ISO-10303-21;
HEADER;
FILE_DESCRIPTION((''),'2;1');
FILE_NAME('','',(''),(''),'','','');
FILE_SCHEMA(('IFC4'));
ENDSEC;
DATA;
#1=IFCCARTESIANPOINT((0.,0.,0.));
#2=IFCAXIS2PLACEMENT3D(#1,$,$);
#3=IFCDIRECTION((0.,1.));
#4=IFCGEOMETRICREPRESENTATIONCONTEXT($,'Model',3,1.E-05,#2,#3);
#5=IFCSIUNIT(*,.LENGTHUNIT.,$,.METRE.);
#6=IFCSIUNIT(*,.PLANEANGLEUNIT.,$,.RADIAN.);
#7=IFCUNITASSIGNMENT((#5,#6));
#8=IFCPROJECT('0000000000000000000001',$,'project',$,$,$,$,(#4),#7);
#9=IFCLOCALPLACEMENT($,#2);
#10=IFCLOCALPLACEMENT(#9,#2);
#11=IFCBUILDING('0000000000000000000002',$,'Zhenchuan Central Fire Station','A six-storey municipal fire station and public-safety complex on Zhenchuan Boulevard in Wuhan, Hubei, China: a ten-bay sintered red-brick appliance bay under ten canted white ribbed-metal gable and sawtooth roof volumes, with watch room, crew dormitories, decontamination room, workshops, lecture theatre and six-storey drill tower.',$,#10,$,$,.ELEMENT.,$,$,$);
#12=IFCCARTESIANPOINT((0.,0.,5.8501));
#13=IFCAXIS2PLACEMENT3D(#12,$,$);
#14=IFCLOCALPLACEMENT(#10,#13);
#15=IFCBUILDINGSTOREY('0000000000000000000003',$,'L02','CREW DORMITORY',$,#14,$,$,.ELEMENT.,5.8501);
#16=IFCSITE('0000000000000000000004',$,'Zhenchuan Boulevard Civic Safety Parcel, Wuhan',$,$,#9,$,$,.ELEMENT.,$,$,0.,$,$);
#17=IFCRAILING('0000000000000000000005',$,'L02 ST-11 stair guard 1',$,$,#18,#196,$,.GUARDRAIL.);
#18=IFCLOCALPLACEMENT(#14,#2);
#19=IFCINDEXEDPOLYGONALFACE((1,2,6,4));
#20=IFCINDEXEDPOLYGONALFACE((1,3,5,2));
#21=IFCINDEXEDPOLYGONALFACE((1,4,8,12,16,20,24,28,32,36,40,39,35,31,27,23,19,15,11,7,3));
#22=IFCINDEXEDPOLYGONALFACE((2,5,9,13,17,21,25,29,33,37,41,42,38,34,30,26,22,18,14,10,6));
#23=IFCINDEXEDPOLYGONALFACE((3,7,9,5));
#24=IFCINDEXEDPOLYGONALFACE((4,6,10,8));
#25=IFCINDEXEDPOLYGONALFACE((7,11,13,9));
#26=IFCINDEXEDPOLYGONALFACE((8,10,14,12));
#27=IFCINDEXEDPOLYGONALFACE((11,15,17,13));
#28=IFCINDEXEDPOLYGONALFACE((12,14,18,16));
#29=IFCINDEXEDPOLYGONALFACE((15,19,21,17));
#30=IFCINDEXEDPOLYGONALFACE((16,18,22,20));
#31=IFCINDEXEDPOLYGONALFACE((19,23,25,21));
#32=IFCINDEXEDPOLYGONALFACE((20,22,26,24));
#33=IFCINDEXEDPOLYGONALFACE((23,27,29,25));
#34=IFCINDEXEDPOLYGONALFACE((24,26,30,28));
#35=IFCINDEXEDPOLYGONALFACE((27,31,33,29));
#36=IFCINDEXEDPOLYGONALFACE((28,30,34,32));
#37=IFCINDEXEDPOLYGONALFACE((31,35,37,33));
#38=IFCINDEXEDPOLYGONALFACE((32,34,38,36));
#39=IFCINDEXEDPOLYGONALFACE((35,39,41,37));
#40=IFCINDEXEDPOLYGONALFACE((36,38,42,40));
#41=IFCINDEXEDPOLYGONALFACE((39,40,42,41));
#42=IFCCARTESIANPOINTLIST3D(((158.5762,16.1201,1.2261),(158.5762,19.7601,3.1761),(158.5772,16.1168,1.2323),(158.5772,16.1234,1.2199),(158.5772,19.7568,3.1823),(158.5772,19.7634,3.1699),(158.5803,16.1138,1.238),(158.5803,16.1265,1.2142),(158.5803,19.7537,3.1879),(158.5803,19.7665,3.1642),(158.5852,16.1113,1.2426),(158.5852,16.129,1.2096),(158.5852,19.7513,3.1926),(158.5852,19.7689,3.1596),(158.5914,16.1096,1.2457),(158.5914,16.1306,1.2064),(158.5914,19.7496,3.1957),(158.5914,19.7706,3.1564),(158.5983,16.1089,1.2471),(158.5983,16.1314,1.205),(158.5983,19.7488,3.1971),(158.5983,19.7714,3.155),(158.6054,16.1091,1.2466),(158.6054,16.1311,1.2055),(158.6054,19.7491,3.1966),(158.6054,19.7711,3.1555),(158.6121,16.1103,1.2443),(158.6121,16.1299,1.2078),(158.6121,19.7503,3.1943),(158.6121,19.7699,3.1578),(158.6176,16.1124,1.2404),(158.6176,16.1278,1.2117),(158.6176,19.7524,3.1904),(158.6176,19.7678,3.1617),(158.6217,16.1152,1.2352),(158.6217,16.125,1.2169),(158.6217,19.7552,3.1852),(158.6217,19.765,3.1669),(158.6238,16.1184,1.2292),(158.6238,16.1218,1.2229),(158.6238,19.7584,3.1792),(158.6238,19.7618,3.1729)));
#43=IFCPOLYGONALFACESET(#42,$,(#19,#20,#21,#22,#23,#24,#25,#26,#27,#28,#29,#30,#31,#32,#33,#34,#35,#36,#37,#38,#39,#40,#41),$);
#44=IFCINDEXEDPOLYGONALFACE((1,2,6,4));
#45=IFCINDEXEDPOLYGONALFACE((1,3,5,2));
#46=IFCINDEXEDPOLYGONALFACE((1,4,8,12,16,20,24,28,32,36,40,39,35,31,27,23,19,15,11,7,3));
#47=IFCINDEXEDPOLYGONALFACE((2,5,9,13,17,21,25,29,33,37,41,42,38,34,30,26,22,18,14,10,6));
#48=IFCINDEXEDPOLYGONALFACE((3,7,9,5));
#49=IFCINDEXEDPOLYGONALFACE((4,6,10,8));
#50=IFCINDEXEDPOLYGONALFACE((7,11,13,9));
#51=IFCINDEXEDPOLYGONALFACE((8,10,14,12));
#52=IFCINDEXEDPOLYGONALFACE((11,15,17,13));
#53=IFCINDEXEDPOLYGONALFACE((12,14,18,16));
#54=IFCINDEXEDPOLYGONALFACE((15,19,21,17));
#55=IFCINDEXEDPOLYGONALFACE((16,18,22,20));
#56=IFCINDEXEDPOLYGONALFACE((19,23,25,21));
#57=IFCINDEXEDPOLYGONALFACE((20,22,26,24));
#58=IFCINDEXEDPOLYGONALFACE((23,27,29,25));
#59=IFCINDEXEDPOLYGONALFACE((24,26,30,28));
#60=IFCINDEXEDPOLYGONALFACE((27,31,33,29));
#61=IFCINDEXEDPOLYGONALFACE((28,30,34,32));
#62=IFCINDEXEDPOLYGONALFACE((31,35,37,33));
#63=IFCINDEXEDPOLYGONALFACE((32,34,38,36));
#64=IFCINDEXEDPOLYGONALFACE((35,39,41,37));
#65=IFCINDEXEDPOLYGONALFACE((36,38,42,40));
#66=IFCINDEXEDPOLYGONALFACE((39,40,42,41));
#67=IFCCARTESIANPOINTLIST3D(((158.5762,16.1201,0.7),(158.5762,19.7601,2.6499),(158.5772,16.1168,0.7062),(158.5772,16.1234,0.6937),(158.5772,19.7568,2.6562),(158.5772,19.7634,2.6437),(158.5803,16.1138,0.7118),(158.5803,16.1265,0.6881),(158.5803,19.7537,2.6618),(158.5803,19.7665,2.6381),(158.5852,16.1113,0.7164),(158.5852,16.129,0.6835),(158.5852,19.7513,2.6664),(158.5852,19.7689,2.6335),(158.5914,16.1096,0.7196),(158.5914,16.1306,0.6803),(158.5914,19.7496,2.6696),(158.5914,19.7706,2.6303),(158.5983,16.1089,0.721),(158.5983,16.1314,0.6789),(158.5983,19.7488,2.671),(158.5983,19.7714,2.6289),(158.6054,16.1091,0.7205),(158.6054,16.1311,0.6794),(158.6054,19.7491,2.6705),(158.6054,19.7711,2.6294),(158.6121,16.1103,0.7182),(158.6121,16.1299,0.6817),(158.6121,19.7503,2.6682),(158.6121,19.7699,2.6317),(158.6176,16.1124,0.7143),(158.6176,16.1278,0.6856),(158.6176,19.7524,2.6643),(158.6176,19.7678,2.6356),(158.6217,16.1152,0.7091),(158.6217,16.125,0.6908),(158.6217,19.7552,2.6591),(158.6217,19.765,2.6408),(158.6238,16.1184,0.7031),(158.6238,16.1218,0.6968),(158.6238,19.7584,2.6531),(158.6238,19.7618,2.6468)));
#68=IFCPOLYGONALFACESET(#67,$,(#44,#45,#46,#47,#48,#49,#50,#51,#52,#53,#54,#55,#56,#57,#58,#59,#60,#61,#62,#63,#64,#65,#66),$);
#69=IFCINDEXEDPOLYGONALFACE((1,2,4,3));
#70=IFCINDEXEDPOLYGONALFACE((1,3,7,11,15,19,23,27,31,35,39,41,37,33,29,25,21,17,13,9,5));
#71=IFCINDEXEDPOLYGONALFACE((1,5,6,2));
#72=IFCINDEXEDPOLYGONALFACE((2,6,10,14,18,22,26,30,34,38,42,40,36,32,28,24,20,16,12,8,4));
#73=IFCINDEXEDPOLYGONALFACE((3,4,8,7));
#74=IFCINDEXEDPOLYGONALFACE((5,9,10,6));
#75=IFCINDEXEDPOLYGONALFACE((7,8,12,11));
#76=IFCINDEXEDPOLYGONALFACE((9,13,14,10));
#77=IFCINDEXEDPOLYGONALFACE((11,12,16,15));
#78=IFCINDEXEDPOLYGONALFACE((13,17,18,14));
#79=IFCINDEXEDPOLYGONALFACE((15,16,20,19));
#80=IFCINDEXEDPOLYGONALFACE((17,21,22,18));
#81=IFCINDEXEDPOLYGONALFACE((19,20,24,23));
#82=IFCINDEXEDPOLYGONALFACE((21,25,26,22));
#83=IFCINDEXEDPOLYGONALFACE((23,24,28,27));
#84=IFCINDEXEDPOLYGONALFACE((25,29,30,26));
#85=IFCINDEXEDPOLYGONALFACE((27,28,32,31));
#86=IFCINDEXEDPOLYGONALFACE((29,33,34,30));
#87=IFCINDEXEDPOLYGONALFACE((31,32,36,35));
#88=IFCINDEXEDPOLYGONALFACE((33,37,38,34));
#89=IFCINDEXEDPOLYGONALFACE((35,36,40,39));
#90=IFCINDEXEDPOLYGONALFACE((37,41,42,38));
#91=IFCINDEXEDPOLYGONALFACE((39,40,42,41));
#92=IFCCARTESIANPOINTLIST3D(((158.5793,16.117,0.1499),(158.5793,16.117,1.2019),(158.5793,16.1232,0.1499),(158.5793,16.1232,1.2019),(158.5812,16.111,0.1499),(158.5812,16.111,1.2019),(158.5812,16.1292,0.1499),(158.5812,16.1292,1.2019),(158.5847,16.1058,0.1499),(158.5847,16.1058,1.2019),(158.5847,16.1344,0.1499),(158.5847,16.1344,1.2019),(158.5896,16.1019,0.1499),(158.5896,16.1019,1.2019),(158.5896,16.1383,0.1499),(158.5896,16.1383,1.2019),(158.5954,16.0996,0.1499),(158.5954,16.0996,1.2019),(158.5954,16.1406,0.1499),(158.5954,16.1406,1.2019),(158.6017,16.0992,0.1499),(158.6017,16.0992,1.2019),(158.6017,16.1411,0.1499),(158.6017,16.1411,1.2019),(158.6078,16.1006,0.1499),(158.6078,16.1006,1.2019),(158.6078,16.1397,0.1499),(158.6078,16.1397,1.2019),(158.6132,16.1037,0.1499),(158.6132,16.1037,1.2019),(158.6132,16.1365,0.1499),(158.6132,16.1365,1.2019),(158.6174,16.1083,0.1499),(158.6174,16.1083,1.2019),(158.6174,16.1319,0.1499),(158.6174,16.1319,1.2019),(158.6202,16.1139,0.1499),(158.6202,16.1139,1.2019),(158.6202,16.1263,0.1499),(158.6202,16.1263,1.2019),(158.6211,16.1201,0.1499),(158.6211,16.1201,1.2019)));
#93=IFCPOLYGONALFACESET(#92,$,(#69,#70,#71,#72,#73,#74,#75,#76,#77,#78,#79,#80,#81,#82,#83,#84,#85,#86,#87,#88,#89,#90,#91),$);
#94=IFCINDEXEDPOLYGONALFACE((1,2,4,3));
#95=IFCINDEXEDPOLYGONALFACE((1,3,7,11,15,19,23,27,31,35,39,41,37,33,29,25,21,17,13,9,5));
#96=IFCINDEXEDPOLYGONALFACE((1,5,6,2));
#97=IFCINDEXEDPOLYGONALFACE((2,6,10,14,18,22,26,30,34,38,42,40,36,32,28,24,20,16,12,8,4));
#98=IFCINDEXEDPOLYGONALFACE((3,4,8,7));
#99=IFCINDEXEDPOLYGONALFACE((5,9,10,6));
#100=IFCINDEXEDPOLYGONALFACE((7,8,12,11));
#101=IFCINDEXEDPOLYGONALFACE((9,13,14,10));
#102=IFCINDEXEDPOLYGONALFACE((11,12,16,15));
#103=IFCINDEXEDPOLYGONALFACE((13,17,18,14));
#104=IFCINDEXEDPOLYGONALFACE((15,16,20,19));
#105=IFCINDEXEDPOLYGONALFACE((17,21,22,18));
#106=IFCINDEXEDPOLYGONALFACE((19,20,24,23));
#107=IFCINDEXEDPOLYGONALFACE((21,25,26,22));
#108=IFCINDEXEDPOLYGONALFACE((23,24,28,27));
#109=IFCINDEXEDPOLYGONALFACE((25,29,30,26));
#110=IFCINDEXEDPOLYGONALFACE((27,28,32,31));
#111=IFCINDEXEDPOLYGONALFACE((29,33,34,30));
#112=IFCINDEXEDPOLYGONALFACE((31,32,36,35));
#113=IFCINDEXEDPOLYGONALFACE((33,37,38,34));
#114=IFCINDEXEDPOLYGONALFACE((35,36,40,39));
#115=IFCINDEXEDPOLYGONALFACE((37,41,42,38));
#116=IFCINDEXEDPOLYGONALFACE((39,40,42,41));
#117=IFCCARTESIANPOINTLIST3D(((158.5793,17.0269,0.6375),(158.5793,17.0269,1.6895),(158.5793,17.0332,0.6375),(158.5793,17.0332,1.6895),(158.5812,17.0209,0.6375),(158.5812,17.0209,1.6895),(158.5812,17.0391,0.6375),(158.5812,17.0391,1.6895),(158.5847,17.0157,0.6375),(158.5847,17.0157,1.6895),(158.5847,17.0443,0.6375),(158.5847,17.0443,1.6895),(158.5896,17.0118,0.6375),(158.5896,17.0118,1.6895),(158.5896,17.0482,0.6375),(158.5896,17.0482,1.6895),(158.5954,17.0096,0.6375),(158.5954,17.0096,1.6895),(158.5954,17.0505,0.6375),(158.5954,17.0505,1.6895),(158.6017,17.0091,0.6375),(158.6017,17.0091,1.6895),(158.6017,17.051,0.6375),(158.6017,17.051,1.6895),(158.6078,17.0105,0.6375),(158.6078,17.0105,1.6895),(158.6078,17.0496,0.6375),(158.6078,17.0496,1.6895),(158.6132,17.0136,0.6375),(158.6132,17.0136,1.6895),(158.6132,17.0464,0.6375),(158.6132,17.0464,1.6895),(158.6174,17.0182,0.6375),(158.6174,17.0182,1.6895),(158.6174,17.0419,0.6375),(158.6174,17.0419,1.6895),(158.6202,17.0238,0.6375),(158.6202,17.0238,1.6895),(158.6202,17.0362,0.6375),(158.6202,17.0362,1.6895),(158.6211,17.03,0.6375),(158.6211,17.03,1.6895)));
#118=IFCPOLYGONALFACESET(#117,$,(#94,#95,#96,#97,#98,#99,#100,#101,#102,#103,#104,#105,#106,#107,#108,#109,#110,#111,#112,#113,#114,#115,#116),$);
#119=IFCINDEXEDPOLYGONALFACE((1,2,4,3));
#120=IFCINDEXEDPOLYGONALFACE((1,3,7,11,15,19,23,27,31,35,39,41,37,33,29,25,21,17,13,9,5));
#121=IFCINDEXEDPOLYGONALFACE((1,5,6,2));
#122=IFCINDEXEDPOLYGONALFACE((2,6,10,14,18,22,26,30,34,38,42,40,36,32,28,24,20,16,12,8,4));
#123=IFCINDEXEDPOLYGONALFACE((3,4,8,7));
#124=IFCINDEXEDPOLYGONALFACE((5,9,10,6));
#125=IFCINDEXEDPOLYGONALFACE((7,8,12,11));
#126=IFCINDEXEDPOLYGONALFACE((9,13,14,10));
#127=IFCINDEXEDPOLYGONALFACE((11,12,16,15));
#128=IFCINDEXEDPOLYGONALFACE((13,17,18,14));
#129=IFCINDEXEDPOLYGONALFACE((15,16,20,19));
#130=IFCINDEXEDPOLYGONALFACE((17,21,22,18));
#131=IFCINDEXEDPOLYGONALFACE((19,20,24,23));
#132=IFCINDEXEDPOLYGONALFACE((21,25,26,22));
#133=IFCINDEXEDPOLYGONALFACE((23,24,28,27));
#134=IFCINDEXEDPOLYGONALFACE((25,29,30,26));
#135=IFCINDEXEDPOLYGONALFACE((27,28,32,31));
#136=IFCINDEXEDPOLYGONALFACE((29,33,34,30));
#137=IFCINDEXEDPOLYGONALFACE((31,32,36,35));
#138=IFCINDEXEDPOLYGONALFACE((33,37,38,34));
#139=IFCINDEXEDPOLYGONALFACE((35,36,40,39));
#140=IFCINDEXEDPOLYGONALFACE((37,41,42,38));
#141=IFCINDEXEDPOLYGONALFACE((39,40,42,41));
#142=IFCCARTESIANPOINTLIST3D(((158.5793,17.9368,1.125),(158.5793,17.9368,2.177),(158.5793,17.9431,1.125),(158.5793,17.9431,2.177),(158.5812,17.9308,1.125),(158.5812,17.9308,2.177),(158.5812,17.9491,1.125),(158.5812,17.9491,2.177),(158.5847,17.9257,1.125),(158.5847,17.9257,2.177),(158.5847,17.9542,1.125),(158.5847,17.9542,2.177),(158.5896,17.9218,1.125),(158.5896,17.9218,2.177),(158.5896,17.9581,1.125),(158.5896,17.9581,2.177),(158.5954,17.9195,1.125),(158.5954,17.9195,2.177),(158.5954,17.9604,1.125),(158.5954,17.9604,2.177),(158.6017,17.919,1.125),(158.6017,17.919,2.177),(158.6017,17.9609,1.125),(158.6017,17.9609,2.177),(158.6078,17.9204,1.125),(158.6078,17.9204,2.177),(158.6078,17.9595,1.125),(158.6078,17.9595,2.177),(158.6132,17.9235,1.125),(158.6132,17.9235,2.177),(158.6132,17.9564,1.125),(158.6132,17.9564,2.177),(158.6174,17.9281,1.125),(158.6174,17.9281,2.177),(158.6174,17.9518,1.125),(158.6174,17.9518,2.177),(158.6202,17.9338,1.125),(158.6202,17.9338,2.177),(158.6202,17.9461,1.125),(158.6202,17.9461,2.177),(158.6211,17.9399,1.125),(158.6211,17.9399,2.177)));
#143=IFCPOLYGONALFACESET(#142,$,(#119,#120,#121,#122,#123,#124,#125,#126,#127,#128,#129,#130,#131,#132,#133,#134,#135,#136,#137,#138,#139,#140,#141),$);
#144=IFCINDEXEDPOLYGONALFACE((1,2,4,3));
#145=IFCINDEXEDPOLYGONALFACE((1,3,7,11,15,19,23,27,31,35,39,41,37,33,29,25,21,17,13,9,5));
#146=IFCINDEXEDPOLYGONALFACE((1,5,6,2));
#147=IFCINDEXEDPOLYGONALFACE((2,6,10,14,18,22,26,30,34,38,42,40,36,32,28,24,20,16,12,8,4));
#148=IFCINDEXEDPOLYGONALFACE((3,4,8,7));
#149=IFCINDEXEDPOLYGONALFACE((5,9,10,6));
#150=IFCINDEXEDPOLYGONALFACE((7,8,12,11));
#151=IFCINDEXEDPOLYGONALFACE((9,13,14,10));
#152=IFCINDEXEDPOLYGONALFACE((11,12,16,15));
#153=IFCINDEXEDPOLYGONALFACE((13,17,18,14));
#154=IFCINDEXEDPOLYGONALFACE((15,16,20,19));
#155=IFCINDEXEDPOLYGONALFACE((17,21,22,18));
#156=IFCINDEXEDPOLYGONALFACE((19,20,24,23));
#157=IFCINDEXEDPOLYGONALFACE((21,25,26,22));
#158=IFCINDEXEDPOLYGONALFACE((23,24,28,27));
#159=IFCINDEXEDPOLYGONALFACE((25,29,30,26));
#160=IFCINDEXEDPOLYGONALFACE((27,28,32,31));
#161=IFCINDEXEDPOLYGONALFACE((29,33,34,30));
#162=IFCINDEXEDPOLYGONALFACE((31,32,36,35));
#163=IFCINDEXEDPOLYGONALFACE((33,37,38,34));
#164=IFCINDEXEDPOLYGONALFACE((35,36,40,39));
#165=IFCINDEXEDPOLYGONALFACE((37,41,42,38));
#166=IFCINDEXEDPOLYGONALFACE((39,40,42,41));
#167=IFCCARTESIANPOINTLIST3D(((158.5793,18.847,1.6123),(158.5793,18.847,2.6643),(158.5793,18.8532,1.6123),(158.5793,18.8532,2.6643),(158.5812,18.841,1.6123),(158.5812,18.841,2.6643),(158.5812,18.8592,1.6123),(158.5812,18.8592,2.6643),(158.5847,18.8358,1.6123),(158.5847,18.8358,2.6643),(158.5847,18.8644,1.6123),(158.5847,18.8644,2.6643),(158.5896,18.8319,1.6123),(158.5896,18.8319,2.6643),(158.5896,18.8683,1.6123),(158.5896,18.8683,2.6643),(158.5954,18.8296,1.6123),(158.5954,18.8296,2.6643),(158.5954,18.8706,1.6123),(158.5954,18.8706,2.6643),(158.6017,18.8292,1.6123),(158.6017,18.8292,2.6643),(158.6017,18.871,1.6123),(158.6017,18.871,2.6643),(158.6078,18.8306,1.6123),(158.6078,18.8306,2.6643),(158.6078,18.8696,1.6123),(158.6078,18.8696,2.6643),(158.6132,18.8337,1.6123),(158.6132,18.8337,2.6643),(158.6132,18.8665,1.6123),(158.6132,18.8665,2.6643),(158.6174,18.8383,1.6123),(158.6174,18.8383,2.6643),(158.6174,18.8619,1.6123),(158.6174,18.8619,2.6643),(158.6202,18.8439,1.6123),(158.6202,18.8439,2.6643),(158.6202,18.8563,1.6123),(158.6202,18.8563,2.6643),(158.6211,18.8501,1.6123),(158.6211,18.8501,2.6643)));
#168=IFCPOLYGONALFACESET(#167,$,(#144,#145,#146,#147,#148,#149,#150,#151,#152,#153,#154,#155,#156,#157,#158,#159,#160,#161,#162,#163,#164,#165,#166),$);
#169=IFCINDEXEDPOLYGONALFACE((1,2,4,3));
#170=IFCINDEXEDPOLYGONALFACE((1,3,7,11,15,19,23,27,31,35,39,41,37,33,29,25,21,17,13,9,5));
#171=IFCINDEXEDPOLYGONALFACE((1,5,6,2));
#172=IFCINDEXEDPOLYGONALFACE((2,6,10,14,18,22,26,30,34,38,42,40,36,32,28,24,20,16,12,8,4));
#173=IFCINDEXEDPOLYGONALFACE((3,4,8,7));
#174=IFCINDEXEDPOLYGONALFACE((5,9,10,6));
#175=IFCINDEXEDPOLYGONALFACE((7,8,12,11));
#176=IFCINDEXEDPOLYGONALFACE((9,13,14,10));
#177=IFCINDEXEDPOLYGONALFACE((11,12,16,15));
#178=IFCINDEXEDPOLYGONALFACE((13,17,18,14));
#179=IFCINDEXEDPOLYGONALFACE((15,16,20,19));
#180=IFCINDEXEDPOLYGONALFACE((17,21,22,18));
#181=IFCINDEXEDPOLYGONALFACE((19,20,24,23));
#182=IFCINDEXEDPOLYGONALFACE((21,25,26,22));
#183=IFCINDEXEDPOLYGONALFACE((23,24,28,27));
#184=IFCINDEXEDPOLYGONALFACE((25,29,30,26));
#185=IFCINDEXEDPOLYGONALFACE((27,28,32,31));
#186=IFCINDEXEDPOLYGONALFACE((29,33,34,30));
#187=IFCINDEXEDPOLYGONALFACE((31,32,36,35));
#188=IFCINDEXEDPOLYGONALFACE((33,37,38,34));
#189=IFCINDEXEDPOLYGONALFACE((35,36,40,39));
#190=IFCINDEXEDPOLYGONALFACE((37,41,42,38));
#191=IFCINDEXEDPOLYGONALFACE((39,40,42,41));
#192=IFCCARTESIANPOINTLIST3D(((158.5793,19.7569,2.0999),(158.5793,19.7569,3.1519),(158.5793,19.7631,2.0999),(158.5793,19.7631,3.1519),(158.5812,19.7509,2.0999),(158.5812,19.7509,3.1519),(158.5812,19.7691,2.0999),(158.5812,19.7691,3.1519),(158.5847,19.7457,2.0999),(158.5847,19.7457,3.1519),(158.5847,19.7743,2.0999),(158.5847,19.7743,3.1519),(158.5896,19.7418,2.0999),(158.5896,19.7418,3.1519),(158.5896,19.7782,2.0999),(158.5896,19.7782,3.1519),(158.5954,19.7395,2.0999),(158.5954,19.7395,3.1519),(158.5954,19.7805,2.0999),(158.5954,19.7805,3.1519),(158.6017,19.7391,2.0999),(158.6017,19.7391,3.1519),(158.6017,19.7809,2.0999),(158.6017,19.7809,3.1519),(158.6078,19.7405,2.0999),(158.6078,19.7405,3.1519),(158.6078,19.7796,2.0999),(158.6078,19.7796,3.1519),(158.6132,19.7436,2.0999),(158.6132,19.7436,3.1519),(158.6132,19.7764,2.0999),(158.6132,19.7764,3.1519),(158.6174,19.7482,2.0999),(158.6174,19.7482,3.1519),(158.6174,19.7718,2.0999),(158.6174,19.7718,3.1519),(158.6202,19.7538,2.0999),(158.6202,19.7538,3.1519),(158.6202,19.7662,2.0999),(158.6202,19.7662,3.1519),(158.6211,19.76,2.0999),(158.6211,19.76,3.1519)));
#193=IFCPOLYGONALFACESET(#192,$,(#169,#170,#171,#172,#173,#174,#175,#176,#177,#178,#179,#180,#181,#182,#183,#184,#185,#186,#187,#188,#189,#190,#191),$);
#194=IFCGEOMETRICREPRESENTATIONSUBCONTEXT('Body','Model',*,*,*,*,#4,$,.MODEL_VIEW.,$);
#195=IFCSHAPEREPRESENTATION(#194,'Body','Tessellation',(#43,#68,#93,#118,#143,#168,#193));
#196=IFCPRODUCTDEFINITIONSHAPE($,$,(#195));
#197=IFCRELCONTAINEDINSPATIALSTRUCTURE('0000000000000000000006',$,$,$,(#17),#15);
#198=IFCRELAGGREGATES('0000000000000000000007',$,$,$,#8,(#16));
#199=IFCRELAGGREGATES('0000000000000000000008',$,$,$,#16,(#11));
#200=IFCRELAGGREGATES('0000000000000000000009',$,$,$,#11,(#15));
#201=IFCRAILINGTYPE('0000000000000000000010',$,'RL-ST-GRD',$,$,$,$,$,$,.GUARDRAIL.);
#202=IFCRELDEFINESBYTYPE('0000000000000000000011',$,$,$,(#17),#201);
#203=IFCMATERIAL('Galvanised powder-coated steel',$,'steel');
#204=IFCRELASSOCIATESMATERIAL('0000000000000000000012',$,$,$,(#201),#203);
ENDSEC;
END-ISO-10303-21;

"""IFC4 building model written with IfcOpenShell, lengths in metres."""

from ifc_helpers import new_model, si_unit, direction, frame, origin, origin_2d, place, context, subcontext, project, spatial, circle, extrude, material, type_object, element, save


model = new_model("IFC4")

# Units and contexts
model_context = context("Model", 3, precision=1e-05, world=origin(), true_north=direction((0.0, 1.0)))
body_context = subcontext(model_context, "Body", "Model", "MODEL_VIEW")
ifc_project = project(units=[si_unit("LENGTHUNIT", "METRE"), si_unit("PLANEANGLEUNIT", "RADIAN")], contexts=[model_context])

# Site, building, storey
site_placement = place(None, origin())
site = spatial("IfcSite", under=ifc_project, at=site_placement, Name="Zhenchuan Boulevard Civic Safety Parcel, Wuhan", CompositionType="ELEMENT", RefElevation=0.0)
building_placement = place(site_placement, origin())
building = spatial("IfcBuilding", under=site, at=building_placement, Name="Zhenchuan Central Fire Station", Description="A six-storey municipal fire station and public-safety complex on Zhenchuan Boulevard in Wuhan, Hubei, China: a ten-bay sintered red-brick appliance bay under ten canted white ribbed-metal gable and sawtooth roof volumes, with watch room, crew dormitories, decontamination room, workshops, lecture theatre and six-storey drill tower.", CompositionType="ELEMENT")
storey_placement = place(building_placement, frame((0.0, 0.0, 5.8501)))
storey = spatial("IfcBuildingStorey", under=building, at=storey_placement, Name="L02", Description="CREW DORMITORY", CompositionType="ELEMENT", Elevation=5.8501)

# Railing
ifc_material_1 = material(Name="Galvanised powder-coated steel", Category="steel")
railing_type_1 = type_object("IfcRailingType", Name="RL-ST-GRD", PredefinedType="GUARDRAIL", material=ifc_material_1)
railing_1_placement = place(storey_placement, frame((158.6001, 16.1201, 0.1499)))
element("IfcRailing", 1, at=railing_1_placement, inside=storey, type_object=railing_type_1, Name="L02 ST-11 stair guard 1", PredefinedType="GUARDRAIL", context=body_context, shape_type="SweptSolid", body=[
    extrude(circle(Radius=0.0239, at=origin_2d()), frame((0.0, 0.0, 1.0762), z_axis=(0.0, 0.881479, 0.472223), x_axis=(-1.0, 0.0, 0.0)), (0.0, 0.0, 1.0), 4.1294),
    extrude(circle(Radius=0.0239, at=origin_2d()), frame((0.0, 0.0, 0.55), z_axis=(0.0, 0.881479, 0.472223), x_axis=(-1.0, 0.0, 0.0)), (0.0, 0.0, 1.0), 4.1294),
    extrude(circle(Radius=0.021, at=origin_2d()), origin(), (0.0, 0.0, 1.0), 1.052),
    extrude(circle(Radius=0.021, at=origin_2d()), frame((0.0, 0.9099, 0.4875)), (0.0, 0.0, 1.0), 1.052),
    extrude(circle(Radius=0.021, at=origin_2d()), frame((0.0, 1.8198, 0.9751)), (0.0, 0.0, 1.0), 1.052),
    extrude(circle(Radius=0.021, at=origin_2d()), frame((0.0, 2.73, 1.4624)), (0.0, 0.0, 1.0), 1.052),
    extrude(circle(Radius=0.021, at=origin_2d()), frame((0.0, 3.6399, 1.95)), (0.0, 0.0, 1.0), 1.052),
])

save(model, "model.ifc")
